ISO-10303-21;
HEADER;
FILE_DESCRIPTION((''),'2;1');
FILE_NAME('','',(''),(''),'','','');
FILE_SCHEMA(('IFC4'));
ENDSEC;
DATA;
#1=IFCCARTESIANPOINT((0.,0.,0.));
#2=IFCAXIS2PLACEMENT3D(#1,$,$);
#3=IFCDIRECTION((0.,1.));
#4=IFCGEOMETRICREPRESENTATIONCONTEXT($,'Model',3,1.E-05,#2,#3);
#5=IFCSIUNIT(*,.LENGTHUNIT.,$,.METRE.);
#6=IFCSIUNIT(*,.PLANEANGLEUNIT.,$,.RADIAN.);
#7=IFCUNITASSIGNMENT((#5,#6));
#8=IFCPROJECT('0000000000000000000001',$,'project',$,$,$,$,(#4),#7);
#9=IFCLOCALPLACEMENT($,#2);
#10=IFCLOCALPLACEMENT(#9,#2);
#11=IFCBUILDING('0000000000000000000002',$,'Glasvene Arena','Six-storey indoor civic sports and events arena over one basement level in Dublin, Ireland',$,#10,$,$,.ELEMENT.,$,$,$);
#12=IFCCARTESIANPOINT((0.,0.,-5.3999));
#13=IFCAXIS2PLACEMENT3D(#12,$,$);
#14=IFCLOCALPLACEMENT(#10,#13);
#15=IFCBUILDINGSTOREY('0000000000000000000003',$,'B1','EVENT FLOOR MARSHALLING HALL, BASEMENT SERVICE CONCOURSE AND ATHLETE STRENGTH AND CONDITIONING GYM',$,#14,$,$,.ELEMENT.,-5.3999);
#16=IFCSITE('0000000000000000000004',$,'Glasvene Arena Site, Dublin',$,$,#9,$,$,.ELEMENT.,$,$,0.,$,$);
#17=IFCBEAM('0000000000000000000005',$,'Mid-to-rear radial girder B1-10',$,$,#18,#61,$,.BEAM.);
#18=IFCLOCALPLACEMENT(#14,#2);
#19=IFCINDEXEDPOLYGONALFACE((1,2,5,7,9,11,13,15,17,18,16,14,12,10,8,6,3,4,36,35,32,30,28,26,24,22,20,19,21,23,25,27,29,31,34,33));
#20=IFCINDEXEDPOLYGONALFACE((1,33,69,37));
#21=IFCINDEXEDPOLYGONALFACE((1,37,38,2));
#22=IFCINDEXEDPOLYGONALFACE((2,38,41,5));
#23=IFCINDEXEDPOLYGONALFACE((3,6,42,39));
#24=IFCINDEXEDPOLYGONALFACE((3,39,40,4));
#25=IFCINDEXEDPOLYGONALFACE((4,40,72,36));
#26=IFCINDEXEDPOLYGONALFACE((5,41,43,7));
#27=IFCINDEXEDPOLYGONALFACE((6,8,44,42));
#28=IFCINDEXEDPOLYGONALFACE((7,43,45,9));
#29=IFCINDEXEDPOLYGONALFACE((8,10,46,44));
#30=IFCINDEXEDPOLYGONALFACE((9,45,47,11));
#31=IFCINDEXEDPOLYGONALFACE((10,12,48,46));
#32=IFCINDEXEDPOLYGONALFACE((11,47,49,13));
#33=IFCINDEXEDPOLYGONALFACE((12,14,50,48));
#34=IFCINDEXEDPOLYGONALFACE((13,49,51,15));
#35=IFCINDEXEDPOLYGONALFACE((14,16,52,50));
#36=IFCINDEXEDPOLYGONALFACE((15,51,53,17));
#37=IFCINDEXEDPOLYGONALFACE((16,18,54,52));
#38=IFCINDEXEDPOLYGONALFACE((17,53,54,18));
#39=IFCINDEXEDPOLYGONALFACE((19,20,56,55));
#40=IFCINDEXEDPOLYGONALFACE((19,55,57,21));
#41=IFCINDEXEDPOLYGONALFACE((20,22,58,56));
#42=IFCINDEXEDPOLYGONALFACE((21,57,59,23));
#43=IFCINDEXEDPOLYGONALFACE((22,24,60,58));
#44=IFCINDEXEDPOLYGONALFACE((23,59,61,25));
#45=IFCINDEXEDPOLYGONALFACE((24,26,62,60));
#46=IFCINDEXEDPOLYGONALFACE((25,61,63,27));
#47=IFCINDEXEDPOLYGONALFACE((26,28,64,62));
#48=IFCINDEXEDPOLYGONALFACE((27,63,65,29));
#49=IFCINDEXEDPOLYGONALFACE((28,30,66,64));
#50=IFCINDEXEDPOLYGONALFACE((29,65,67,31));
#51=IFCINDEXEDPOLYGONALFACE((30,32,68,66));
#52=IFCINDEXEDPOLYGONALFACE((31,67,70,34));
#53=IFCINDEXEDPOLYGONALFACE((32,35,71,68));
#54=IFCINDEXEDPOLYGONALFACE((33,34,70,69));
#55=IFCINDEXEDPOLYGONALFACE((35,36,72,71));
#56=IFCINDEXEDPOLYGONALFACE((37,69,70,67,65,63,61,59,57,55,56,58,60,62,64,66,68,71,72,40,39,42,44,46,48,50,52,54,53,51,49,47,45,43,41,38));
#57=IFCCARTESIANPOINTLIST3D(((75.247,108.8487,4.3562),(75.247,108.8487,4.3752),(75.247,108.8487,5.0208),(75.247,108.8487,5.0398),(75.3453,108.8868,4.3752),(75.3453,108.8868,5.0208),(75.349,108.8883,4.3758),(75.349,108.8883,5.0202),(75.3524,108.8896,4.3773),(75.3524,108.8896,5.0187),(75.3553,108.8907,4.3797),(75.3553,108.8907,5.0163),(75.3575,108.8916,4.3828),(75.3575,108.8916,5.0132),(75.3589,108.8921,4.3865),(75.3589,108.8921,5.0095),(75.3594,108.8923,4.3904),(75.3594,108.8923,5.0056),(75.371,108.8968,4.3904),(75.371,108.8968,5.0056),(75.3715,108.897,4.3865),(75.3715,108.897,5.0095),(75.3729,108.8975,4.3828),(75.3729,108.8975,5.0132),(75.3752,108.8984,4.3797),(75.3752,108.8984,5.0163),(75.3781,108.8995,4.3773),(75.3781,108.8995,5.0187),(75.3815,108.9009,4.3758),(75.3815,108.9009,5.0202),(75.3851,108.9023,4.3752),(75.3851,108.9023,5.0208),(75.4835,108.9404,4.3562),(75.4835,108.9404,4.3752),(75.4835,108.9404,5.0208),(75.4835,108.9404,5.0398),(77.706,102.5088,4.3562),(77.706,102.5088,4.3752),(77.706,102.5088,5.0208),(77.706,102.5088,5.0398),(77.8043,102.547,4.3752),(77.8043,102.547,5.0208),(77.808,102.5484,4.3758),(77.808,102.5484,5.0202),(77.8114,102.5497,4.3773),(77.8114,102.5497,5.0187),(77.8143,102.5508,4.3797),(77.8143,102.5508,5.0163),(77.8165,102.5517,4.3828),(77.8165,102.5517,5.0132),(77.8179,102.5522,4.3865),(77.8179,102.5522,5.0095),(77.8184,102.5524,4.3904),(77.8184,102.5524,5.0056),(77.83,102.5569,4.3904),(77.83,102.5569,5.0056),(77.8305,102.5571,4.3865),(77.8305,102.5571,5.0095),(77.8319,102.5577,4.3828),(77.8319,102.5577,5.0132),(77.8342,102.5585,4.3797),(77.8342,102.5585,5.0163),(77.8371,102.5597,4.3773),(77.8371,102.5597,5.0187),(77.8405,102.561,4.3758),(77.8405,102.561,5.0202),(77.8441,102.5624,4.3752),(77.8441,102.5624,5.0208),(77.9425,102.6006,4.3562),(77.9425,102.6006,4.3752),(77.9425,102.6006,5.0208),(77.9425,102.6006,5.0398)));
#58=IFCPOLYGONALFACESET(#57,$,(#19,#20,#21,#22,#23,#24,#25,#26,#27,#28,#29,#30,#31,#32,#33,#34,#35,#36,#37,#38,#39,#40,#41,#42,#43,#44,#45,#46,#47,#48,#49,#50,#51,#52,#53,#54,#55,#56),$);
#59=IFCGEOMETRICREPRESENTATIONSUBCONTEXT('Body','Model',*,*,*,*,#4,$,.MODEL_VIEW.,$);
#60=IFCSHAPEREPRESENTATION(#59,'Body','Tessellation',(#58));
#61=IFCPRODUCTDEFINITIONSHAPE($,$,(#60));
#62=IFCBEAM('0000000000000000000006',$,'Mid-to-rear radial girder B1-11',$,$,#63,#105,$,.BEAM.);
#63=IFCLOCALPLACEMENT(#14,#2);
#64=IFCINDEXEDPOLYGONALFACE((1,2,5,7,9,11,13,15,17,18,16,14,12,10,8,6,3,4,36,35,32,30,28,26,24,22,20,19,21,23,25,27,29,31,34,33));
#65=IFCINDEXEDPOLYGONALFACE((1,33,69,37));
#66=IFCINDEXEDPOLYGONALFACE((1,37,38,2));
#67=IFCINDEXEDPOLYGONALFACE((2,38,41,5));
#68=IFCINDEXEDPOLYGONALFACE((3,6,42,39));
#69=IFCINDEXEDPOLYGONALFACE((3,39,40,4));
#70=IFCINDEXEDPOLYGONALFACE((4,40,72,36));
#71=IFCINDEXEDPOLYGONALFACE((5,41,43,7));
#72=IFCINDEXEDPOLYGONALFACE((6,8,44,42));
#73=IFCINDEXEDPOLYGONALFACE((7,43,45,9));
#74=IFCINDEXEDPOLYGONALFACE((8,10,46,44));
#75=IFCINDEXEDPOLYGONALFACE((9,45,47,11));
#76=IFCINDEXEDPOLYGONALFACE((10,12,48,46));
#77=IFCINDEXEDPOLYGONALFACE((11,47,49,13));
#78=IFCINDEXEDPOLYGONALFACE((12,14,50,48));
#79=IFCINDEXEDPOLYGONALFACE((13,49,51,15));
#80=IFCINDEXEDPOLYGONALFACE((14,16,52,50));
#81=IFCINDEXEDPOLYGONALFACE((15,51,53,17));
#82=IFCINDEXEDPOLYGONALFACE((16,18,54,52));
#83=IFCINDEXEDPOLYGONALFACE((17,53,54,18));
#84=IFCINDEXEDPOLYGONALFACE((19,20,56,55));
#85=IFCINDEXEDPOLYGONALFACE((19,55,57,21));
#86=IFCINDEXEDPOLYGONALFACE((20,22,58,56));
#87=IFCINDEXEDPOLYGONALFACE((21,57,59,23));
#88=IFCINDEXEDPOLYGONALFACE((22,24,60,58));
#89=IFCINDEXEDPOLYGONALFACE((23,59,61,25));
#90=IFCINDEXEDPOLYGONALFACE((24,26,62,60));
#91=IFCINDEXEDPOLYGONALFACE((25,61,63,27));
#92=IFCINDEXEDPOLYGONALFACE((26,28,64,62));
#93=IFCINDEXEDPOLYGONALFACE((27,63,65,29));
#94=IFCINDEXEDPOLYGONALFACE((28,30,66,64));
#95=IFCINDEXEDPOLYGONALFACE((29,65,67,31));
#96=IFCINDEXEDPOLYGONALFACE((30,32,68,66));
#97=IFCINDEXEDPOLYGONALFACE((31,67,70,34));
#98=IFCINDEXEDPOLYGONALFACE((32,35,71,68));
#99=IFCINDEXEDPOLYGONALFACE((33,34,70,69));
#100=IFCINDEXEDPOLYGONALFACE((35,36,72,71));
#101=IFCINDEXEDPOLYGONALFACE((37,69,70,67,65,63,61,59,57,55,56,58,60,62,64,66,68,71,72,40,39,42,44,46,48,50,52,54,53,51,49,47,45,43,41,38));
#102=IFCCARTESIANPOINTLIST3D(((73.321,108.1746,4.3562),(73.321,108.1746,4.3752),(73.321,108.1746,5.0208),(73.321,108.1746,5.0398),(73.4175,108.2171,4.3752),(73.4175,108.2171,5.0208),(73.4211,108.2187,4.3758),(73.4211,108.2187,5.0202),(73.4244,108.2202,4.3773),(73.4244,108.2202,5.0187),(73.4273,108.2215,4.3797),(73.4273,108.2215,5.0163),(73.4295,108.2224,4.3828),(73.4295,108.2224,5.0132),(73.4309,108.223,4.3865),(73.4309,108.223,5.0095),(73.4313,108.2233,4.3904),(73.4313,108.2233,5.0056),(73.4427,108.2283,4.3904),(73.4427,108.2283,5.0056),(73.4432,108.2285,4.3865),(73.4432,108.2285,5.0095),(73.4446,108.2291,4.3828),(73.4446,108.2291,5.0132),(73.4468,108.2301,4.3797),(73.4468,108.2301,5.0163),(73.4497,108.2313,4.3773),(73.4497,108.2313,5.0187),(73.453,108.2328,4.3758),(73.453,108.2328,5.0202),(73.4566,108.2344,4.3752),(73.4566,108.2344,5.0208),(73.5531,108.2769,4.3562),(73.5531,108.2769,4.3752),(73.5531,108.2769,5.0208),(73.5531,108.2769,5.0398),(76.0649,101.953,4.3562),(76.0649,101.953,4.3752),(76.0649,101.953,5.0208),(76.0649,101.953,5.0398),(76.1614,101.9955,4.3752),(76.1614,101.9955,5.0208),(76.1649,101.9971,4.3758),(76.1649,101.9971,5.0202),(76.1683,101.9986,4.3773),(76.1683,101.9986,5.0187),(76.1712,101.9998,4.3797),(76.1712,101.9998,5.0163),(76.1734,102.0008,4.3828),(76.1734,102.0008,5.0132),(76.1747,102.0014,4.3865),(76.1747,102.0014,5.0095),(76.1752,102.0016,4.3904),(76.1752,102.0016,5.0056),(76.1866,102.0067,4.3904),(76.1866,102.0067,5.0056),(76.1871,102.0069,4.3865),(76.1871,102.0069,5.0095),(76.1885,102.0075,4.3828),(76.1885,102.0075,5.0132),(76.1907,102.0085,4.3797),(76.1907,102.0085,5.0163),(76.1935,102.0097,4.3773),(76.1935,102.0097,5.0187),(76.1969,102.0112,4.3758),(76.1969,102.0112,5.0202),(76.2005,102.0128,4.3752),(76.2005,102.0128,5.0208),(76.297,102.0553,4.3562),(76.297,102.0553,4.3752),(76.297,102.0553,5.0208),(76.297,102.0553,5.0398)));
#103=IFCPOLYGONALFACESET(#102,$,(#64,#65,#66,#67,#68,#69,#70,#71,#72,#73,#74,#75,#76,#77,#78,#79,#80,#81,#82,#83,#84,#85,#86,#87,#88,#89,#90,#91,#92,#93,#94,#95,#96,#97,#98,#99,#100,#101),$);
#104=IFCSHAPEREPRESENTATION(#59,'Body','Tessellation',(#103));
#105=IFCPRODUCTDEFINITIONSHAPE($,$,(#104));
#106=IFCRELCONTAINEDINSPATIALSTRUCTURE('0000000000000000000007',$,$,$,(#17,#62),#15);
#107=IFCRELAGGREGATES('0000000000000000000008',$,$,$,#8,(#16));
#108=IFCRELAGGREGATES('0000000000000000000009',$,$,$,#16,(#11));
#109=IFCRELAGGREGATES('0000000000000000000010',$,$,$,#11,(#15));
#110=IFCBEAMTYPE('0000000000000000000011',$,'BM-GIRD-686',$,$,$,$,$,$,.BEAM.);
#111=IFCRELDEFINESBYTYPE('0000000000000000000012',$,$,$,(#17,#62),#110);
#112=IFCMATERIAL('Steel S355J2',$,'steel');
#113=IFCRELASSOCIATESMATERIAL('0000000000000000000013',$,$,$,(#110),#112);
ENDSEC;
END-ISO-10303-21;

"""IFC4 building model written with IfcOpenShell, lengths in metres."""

from ifc_helpers import new_model, si_unit, direction, frame, origin, origin_2d, place, context, subcontext, project, spatial, i_section, extrude, material, material_profile, profile_set, type_object, element, save


model = new_model("IFC4")

# Units and contexts
model_context = context("Model", 3, precision=1e-05, world=origin(), true_north=direction((0.0, 1.0)))
body_context = subcontext(model_context, "Body", "Model", "MODEL_VIEW")
ifc_project = project(units=[si_unit("LENGTHUNIT", "METRE"), si_unit("PLANEANGLEUNIT", "RADIAN")], contexts=[model_context])

# Site, building, storey
site_placement = place(None, origin())
site = spatial("IfcSite", under=ifc_project, at=site_placement, Name="Glasvene Arena Site, Dublin", CompositionType="ELEMENT", RefElevation=0.0)
building_placement = place(site_placement, origin())
building = spatial("IfcBuilding", under=site, at=building_placement, Name="Glasvene Arena", Description="Six-storey indoor civic sports and events arena over one basement level in Dublin, Ireland", CompositionType="ELEMENT")
storey_placement = place(building_placement, frame((0.0, 0.0, -5.3999)))
storey = spatial("IfcBuildingStorey", under=building, at=storey_placement, Name="B1", Description="EVENT FLOOR MARSHALLING HALL, BASEMENT SERVICE CONCOURSE AND ATHLETE STRENGTH AND CONDITIONING GYM", CompositionType="ELEMENT", Elevation=-5.3999)

# Beams
ifc_material_1 = material(Name="Steel S355J2", Category="steel")
ifc_material_profile_1 = material_profile(ifc_material_1, i_section(OverallWidth=0.2537, OverallDepth=0.6836, WebThickness=0.0125, FlangeThickness=0.019, FilletRadius=0.0151, at=origin_2d()), Name="UKB 686x254x140")
ifc_profile_set_1 = profile_set([ifc_material_profile_1], Name="Steel S355J2")
beam_type_1 = type_object("IfcBeamType", Name="BM-GIRD-686", PredefinedType="BEAM", material=ifc_profile_set_1)
beam_1_placement = place(storey_placement, frame((77.8242, 102.5547, 4.698), z_axis=(-0.361614, 0.932328, 0.0), x_axis=(-0.932328, -0.361614, 0.0)))
element("IfcBeam", 1, at=beam_1_placement, inside=storey, type_object=beam_type_1, Name="Mid-to-rear radial girder B1-10", PredefinedType="BEAM", context=body_context, shape_type="SweptSolid", body=[
    extrude(i_section(OverallWidth=0.2537, OverallDepth=0.6836, WebThickness=0.0125, FlangeThickness=0.019, FilletRadius=0.0151, at=origin_2d()), origin(), (0.0, 0.0, 1.0), 6.8),
])
beam_2_placement = place(storey_placement, frame((76.1809, 102.0042, 4.698), z_axis=(-0.403522, 0.91497, 0.0), x_axis=(-0.91497, -0.403522, 0.0)))
element("IfcBeam", 2, at=beam_2_placement, inside=storey, type_object=beam_type_1, Name="Mid-to-rear radial girder B1-11", PredefinedType="BEAM", context=body_context, shape_type="SweptSolid", body=[
    extrude(i_section(OverallWidth=0.2537, OverallDepth=0.6836, WebThickness=0.0125, FlangeThickness=0.019, FilletRadius=0.0151, at=origin_2d()), origin(), (0.0, 0.0, 1.0), 6.7998),
])

save(model, "model.ifc")
